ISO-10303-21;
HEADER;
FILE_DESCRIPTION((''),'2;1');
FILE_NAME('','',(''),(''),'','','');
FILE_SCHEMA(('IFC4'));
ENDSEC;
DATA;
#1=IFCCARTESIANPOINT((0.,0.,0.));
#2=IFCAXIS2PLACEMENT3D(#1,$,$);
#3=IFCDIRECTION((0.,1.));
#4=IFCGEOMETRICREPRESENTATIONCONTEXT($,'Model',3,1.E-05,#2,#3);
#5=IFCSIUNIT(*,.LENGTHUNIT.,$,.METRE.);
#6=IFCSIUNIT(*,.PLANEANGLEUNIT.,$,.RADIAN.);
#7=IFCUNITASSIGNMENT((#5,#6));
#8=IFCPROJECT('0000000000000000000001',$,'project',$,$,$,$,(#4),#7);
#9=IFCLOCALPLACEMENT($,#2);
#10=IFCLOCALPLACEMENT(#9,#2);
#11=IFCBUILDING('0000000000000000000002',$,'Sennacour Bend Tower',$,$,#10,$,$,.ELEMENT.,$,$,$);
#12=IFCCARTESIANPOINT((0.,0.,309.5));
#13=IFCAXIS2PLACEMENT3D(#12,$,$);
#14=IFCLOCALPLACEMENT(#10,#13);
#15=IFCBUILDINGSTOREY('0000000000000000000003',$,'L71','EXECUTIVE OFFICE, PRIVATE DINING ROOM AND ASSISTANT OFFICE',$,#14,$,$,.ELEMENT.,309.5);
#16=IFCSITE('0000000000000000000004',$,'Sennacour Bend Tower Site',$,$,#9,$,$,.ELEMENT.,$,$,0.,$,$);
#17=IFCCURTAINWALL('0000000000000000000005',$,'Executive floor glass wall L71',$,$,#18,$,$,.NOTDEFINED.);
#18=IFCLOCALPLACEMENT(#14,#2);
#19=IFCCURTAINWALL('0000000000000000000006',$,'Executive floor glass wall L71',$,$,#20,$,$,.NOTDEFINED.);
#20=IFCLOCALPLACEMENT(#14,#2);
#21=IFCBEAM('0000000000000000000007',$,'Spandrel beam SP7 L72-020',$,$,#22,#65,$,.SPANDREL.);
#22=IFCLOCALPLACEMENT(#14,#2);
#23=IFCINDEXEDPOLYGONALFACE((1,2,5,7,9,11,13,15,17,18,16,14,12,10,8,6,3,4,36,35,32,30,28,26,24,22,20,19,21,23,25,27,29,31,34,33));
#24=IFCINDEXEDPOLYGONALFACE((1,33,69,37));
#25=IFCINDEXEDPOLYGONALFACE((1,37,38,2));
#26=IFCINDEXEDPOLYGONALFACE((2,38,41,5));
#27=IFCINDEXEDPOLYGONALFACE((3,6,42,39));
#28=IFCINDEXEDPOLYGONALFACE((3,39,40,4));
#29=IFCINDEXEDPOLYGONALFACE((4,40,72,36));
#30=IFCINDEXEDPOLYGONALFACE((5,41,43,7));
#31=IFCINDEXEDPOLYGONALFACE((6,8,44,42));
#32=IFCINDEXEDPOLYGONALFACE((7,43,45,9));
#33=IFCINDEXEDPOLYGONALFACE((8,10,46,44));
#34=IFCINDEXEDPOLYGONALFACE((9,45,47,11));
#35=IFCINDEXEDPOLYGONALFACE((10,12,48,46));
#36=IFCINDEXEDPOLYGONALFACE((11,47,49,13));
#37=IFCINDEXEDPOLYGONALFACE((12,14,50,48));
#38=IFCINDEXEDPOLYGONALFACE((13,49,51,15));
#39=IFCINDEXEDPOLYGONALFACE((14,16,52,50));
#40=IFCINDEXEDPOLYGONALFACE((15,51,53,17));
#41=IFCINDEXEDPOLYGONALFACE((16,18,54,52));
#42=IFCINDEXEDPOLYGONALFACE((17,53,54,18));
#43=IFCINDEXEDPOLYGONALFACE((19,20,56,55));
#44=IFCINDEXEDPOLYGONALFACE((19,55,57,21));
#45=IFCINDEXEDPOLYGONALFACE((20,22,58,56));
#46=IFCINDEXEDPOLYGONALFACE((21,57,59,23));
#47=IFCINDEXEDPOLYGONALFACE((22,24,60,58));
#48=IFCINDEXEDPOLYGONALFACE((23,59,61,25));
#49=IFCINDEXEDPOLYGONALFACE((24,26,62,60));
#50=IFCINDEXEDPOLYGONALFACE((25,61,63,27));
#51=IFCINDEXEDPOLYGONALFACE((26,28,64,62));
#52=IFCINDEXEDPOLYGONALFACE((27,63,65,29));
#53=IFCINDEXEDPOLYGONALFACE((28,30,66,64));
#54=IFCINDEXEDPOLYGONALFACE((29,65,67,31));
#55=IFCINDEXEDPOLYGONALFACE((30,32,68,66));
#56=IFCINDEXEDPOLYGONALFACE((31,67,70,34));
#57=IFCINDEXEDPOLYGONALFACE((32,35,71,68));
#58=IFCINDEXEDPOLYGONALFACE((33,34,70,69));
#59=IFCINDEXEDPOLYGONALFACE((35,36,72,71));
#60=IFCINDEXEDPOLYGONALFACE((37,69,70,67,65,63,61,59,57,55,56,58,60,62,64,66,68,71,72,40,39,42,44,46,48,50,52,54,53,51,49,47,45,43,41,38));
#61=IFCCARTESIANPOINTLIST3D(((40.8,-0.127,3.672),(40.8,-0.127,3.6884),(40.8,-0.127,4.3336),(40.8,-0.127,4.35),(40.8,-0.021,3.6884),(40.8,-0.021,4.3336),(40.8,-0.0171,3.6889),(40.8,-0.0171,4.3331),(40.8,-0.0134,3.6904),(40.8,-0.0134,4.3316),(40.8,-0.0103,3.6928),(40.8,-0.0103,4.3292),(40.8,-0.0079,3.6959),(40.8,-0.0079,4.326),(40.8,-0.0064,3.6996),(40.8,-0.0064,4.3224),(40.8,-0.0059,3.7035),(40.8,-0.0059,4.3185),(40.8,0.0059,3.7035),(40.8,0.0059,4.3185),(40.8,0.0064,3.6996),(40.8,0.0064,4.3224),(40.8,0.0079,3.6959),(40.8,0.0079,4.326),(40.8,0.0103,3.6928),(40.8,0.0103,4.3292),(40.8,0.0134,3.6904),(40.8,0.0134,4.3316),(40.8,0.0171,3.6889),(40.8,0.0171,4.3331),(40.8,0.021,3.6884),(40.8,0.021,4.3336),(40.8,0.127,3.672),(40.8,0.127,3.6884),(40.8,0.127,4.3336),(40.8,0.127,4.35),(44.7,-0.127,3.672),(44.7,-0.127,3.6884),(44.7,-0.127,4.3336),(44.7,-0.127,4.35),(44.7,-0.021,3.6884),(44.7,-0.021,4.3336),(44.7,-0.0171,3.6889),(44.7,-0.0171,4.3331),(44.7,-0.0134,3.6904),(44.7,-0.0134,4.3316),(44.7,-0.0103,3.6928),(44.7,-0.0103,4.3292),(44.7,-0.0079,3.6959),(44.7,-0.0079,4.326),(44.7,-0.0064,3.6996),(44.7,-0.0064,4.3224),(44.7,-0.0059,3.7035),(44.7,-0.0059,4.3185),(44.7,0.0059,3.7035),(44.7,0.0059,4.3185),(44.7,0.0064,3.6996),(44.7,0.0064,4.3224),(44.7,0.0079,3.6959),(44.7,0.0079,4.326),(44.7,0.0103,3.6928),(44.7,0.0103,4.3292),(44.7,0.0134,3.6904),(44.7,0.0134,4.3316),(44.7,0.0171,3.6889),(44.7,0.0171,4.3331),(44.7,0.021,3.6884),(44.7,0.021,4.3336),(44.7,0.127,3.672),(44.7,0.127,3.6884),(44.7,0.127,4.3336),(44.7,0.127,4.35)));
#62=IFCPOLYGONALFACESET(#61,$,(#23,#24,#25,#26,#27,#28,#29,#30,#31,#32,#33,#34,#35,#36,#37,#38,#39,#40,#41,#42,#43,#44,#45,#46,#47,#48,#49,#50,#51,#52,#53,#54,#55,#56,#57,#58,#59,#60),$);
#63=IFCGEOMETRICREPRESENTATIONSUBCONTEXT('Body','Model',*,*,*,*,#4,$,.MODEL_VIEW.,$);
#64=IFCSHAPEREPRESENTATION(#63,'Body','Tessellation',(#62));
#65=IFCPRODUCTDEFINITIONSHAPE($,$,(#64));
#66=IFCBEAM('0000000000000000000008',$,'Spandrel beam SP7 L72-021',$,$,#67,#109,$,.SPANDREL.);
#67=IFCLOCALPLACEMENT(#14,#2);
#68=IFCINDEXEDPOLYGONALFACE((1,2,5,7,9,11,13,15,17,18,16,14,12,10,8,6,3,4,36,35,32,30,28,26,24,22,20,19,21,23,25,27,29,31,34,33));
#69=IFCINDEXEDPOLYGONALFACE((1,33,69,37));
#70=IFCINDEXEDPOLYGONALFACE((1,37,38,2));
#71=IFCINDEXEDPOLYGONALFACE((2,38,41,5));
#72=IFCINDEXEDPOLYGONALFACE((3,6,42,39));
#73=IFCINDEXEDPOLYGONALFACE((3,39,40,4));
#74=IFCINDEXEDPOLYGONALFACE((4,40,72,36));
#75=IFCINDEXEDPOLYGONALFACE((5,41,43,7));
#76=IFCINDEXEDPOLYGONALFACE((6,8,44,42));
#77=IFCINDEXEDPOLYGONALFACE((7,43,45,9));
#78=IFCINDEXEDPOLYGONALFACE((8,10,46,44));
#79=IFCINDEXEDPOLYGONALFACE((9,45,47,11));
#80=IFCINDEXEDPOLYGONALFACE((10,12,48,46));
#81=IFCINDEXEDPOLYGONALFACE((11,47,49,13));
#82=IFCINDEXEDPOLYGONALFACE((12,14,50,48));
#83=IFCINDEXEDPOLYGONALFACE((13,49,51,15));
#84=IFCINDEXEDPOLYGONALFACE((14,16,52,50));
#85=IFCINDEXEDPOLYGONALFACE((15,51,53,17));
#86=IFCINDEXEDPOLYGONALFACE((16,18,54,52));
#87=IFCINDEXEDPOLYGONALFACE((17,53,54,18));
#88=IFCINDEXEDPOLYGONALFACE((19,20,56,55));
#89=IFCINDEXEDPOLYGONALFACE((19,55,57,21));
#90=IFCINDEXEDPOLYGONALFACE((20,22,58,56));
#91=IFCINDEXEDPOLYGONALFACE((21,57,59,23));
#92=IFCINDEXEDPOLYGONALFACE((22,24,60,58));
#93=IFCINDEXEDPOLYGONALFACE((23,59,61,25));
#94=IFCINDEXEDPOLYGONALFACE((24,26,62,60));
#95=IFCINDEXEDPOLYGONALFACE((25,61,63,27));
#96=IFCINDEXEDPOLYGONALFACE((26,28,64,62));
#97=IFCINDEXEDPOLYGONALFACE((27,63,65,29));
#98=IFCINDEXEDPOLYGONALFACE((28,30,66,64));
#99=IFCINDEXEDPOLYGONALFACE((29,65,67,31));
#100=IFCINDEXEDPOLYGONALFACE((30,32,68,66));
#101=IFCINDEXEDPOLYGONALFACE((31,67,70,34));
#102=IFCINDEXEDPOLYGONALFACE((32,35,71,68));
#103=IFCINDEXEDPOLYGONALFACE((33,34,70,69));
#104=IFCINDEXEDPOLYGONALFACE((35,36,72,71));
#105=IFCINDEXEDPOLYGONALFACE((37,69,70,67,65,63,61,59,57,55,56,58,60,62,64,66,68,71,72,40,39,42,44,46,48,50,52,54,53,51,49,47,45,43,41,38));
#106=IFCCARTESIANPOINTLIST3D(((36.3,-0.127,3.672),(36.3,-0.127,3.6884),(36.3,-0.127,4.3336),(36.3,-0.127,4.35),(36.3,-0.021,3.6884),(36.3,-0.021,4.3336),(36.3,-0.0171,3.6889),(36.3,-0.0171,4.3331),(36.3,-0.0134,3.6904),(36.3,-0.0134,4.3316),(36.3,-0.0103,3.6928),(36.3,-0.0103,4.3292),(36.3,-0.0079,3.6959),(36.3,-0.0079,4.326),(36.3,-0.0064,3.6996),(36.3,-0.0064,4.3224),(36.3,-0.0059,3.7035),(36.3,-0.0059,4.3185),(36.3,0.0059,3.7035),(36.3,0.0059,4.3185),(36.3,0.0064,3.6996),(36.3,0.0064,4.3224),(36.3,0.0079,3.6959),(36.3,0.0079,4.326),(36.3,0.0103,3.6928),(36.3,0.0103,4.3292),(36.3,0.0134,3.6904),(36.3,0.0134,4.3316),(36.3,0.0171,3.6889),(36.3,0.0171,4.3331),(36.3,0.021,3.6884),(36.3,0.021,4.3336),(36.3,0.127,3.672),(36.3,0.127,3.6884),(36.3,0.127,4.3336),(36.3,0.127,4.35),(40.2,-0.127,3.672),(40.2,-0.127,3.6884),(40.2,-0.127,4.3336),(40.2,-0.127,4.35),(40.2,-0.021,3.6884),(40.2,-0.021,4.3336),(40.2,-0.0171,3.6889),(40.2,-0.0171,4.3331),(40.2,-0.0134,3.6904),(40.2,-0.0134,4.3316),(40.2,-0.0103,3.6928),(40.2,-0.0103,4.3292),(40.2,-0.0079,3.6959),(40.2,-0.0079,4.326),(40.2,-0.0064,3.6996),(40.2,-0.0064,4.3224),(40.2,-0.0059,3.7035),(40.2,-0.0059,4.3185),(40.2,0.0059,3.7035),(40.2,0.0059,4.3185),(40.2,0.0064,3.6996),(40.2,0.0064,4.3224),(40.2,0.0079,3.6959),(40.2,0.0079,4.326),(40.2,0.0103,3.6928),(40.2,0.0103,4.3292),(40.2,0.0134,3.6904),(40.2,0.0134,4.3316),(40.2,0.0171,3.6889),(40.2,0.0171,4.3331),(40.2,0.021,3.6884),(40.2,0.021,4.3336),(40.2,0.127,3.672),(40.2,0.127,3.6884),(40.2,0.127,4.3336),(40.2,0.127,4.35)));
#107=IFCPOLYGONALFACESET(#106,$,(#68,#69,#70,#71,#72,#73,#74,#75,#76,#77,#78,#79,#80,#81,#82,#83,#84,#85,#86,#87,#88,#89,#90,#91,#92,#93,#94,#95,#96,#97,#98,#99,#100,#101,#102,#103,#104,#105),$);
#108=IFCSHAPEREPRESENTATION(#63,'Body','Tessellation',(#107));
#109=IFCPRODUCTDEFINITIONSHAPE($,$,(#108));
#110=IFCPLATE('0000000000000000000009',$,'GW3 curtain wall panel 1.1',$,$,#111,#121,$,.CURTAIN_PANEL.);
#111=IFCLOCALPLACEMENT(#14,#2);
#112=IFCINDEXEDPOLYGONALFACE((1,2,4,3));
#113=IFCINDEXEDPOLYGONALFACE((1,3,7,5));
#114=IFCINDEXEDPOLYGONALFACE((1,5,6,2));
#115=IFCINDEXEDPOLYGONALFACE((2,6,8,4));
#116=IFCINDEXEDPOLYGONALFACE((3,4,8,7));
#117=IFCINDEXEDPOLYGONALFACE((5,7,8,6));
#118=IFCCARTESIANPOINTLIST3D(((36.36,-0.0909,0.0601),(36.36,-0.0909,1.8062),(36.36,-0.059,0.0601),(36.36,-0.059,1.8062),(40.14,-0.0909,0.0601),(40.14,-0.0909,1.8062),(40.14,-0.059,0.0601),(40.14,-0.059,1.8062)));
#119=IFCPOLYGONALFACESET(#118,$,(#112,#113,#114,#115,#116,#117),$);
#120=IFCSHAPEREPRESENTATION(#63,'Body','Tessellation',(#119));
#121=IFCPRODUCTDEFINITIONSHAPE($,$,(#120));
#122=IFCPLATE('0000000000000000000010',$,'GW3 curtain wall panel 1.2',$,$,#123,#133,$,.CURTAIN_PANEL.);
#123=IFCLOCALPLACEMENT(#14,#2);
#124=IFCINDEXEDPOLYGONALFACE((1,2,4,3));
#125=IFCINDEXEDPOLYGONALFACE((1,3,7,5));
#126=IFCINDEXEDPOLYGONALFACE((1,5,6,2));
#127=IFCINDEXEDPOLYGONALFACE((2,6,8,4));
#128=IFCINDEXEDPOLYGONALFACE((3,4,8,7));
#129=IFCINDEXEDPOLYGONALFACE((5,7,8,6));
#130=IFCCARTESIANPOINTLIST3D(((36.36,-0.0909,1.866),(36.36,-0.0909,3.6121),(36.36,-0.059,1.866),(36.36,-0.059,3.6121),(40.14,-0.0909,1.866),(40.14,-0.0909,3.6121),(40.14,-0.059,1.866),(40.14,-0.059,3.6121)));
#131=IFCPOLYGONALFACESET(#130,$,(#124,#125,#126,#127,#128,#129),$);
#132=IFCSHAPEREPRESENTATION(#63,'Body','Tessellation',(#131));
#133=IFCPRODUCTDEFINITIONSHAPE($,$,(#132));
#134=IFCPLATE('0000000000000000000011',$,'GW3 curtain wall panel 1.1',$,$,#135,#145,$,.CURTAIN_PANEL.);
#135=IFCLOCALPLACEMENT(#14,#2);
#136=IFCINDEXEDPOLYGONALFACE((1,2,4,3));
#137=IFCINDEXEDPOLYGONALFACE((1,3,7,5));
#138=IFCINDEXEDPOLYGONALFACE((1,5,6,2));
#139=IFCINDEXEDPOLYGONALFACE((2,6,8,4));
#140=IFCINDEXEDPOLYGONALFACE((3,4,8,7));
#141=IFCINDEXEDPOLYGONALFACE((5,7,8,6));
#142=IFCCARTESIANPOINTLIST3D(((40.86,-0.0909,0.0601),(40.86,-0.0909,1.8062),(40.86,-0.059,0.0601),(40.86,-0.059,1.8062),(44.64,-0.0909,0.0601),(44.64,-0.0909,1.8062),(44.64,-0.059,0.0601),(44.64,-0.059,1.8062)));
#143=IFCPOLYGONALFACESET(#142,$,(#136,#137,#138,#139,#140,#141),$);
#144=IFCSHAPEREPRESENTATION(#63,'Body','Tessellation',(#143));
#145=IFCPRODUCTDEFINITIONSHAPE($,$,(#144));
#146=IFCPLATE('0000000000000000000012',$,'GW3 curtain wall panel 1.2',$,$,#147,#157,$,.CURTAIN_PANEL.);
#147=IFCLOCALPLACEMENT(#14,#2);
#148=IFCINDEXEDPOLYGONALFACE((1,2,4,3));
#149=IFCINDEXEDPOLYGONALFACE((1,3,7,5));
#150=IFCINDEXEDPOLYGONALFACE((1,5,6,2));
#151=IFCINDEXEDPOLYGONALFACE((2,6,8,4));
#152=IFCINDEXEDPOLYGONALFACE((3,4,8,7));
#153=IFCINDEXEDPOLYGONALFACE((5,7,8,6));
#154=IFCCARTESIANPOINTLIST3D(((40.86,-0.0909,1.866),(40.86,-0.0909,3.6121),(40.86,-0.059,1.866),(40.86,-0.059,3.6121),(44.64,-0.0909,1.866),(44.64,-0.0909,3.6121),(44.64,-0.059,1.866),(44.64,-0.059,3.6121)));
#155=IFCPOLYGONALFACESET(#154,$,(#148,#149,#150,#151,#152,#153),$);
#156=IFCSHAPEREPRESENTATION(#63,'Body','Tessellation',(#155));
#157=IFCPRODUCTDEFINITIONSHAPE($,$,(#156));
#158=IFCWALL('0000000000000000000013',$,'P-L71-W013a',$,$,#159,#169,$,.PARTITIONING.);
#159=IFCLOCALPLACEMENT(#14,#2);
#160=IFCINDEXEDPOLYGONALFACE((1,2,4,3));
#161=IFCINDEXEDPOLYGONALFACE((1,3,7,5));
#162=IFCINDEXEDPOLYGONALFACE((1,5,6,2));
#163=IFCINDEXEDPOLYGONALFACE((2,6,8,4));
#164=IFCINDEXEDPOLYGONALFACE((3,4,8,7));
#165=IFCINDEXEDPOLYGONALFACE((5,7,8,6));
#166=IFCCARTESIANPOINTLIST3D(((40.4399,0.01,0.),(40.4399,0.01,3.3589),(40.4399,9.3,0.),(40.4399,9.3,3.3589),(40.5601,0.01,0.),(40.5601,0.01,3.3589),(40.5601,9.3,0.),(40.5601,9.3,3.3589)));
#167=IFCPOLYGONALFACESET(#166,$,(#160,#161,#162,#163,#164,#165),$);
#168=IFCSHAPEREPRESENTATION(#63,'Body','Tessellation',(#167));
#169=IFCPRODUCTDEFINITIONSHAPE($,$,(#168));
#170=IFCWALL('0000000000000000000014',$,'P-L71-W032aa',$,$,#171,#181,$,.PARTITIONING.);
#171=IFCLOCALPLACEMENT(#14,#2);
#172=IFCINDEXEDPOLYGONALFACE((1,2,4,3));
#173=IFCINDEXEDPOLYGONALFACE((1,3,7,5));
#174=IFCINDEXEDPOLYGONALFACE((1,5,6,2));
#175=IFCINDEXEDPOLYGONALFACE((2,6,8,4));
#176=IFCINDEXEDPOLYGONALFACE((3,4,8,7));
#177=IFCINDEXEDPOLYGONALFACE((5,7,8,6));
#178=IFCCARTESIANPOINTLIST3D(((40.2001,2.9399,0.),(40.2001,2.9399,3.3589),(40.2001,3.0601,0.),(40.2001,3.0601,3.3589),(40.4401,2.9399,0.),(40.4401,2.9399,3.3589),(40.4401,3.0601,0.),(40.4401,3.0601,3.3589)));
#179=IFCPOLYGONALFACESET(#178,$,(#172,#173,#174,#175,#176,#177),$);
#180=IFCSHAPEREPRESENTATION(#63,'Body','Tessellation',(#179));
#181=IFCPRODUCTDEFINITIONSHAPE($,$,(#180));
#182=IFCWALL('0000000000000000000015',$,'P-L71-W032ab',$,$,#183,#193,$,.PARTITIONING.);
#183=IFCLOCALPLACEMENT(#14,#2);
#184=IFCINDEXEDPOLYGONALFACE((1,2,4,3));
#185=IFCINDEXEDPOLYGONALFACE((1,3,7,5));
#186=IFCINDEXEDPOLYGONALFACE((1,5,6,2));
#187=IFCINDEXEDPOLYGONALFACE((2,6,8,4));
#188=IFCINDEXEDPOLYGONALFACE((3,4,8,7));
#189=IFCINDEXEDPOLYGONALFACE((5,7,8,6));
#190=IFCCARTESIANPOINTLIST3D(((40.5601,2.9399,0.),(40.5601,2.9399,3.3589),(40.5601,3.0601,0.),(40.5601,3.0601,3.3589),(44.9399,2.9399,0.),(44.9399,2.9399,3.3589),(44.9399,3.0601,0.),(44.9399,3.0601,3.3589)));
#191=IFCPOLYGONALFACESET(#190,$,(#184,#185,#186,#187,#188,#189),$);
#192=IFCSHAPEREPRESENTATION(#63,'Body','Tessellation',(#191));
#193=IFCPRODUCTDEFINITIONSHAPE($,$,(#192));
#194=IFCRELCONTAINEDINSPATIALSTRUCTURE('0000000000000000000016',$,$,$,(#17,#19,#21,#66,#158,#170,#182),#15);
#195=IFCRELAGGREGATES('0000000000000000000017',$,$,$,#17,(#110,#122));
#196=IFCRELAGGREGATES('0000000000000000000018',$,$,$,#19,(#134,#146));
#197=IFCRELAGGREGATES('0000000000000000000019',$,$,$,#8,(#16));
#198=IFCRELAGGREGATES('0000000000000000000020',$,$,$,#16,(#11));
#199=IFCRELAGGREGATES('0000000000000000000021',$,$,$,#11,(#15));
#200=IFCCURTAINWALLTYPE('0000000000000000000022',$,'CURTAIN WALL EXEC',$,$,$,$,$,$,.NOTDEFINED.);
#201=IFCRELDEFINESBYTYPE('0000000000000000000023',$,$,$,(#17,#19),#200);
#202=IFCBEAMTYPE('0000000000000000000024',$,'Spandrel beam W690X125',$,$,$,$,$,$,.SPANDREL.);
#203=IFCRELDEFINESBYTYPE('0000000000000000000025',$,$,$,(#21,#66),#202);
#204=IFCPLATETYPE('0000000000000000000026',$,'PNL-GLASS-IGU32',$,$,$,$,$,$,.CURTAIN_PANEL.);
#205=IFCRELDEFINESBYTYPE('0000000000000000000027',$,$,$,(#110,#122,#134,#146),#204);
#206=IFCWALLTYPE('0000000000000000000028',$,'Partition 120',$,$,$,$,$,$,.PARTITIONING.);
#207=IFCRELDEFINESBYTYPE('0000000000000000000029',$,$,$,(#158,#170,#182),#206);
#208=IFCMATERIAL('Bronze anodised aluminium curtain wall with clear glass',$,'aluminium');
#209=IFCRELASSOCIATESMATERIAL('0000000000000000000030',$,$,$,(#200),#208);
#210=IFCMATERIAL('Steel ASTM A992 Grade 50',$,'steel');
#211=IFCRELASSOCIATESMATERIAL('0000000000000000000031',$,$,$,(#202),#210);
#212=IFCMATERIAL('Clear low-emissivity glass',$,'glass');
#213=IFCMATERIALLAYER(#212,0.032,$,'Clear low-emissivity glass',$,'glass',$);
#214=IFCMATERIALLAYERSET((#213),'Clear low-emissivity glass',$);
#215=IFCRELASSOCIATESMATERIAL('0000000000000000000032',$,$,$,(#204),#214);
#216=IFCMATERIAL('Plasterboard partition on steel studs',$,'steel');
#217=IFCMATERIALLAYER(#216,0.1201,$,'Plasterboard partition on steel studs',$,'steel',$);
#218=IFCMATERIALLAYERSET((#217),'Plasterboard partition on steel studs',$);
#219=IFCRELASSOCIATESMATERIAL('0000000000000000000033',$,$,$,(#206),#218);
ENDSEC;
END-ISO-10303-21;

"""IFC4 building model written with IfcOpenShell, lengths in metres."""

from ifc_helpers import new_model, si_unit, direction, frame, frame_2d, origin, origin_2d, place, context, subcontext, project, spatial, rectangle, i_section, extrude, material, layer, layer_set, material_profile, profile_set, type_object, element, aggregate, save


model = new_model("IFC4")

# Units and contexts
model_context = context("Model", 3, precision=1e-05, world=origin(), true_north=direction((0.0, 1.0)))
body_context = subcontext(model_context, "Body", "Model", "MODEL_VIEW")
ifc_project = project(units=[si_unit("LENGTHUNIT", "METRE"), si_unit("PLANEANGLEUNIT", "RADIAN")], contexts=[model_context])

# Site, building, storey
site_placement = place(None, origin())
site = spatial("IfcSite", under=ifc_project, at=site_placement, Name="Sennacour Bend Tower Site", CompositionType="ELEMENT", RefElevation=0.0)
building_placement = place(site_placement, origin())
building = spatial("IfcBuilding", under=site, at=building_placement, Name="Sennacour Bend Tower", CompositionType="ELEMENT")
storey_placement = place(building_placement, frame((0.0, 0.0, 309.5)))
storey = spatial("IfcBuildingStorey", under=building, at=storey_placement, Name="L71", Description="EXECUTIVE OFFICE, PRIVATE DINING ROOM AND ASSISTANT OFFICE", CompositionType="ELEMENT", Elevation=309.5)

# Curtain wall
ifc_material_1 = material(Name="Bronze anodised aluminium curtain wall with clear glass", Category="aluminium")
curtain_wall_type = type_object("IfcCurtainWallType", Name="CURTAIN WALL EXEC", PredefinedType="NOTDEFINED", material=ifc_material_1)
curtain_wall_1_placement = place(storey_placement, origin())
curtain_wall_1 = element("IfcCurtainWall", 1, at=curtain_wall_1_placement, inside=storey, type_object=curtain_wall_type, Name="Executive floor glass wall L71", PredefinedType="NOTDEFINED")

# Curtain wall
curtain_wall_2_placement = place(storey_placement, origin())
curtain_wall_2 = element("IfcCurtainWall", 2, at=curtain_wall_2_placement, inside=storey, type_object=curtain_wall_type, Name="Executive floor glass wall L71", PredefinedType="NOTDEFINED")

# Beams
ifc_material_2 = material(Name="Steel ASTM A992 Grade 50", Category="steel")
ifc_material_profile_1 = material_profile(ifc_material_2, i_section(OverallWidth=0.2539, OverallDepth=0.678, WebThickness=0.0117, FlangeThickness=0.0164, FilletRadius=0.0151, at=origin_2d()), Name="Steel ASTM A992 Grade 50", Category="steel")
ifc_profile_set_1 = profile_set([ifc_material_profile_1], Name="Steel ASTM A992 Grade 50")
beam_type_1 = type_object("IfcBeamType", Name="Spandrel beam W690X125", PredefinedType="SPANDREL", material=ifc_profile_set_1)
for number, where, z_axis, x_axis, name in (
    (3, (44.7, 0.0, 4.011), (-1.0, 0.0, 0.0), (0.0, -1.0, 0.0), "Spandrel beam SP7 L72-020"),
    (4, (40.2, 0.0, 4.011), (-1.0, 0.0, 0.0), (0.0, -1.0, 0.0), "Spandrel beam SP7 L72-021"),
):
    element("IfcBeam", number, at=place(storey_placement, frame(where, z_axis=z_axis, x_axis=x_axis)), inside=storey, type_object=beam_type_1, Name=name, PredefinedType="SPANDREL", context=body_context, shape_type="SweptSolid", body=[
        extrude(i_section(OverallWidth=0.2539, OverallDepth=0.678, WebThickness=0.0117, FlangeThickness=0.0164, FilletRadius=0.0151, at=origin_2d()), origin(), (0.0, 0.0, 1.0), 3.8999),
    ])

# Plates
ifc_material_3 = material(Name="Clear low-emissivity glass", Category="glass")
ifc_layer_1 = layer(ifc_material_3, 0.032, Name="Clear low-emissivity glass", Category="glass")
ifc_layer_set_1 = layer_set([ifc_layer_1], Name="Clear low-emissivity glass")
plate_type = type_object("IfcPlateType", Name="PNL-GLASS-IGU32", PredefinedType="CURTAIN_PANEL", material=ifc_layer_set_1)
plate_1_placement = place(storey_placement, frame((38.25, -0.075, 0.0601), z_axis=(0.0, 0.0, 1.0), x_axis=(1.0, 0.0, 0.0)))
plate_1 = element("IfcPlate", 5, at=plate_1_placement, type_object=plate_type, Name="GW3 curtain wall panel 1.1", PredefinedType="CURTAIN_PANEL", context=body_context, shape_type="SweptSolid", body=[
    extrude(rectangle(XDim=3.78, YDim=0.032, at=origin_2d()), origin(), (0.0, 0.0, 1.0), 1.7461),
])
plate_2_placement = place(storey_placement, frame((38.25, -0.075, 1.866), z_axis=(0.0, 0.0, 1.0), x_axis=(1.0, 0.0, 0.0)))
plate_2 = element("IfcPlate", 6, at=plate_2_placement, type_object=plate_type, Name="GW3 curtain wall panel 1.2", PredefinedType="CURTAIN_PANEL", context=body_context, shape_type="SweptSolid", body=[
    extrude(rectangle(XDim=3.78, YDim=0.032, at=origin_2d()), origin(), (0.0, 0.0, 1.0), 1.7461),
])
aggregate(curtain_wall_1, [plate_1, plate_2])
plate_3_placement = place(storey_placement, frame((42.75, -0.075, 0.0601), z_axis=(0.0, 0.0, 1.0), x_axis=(1.0, 0.0, 0.0)))
plate_3 = element("IfcPlate", 7, at=plate_3_placement, type_object=plate_type, Name="GW3 curtain wall panel 1.1", PredefinedType="CURTAIN_PANEL", context=body_context, shape_type="SweptSolid", body=[
    extrude(rectangle(XDim=3.78, YDim=0.032, at=origin_2d()), origin(), (0.0, 0.0, 1.0), 1.7461),
])
plate_4_placement = place(storey_placement, frame((42.75, -0.075, 1.866), z_axis=(0.0, 0.0, 1.0), x_axis=(1.0, 0.0, 0.0)))
plate_4 = element("IfcPlate", 8, at=plate_4_placement, type_object=plate_type, Name="GW3 curtain wall panel 1.2", PredefinedType="CURTAIN_PANEL", context=body_context, shape_type="SweptSolid", body=[
    extrude(rectangle(XDim=3.78, YDim=0.032, at=origin_2d()), origin(), (0.0, 0.0, 1.0), 1.7461),
])
aggregate(curtain_wall_2, [plate_3, plate_4])

# Walls
ifc_material_4 = material(Name="Plasterboard partition on steel studs", Category="steel")
ifc_layer_2 = layer(ifc_material_4, 0.1201, Name="Plasterboard partition on steel studs", Category="steel")
ifc_layer_set_2 = layer_set([ifc_layer_2], Name="Plasterboard partition on steel studs")
wall_type_1 = type_object("IfcWallType", Name="Partition 120", PredefinedType="PARTITIONING", material=ifc_layer_set_2)
wall_1_placement = place(storey_placement, frame((40.5, 0.01, 0.0), z_axis=(0.0, 0.0, 1.0), x_axis=(0.0, 1.0, 0.0)))
element("IfcWall", 9, at=wall_1_placement, inside=storey, type_object=wall_type_1, Name="P-L71-W013a", PredefinedType="PARTITIONING", context=body_context, shape_type="SweptSolid", body=[
    extrude(rectangle(XDim=9.29, YDim=0.1201, at=frame_2d((4.645, 0.0))), origin(), (0.0, 0.0, 1.0), 3.3589),
])
wall_2_placement = place(storey_placement, frame((40.2, 3.0, 0.0), z_axis=(0.0, 0.0, 1.0), x_axis=(1.0, 0.0, 0.0)))
element("IfcWall", 10, at=wall_2_placement, inside=storey, type_object=wall_type_1, Name="P-L71-W032aa", PredefinedType="PARTITIONING", context=body_context, shape_type="SweptSolid", body=[
    extrude(rectangle(XDim=0.24, YDim=0.1201, at=frame_2d((0.1201, 0.0))), origin(), (0.0, 0.0, 1.0), 3.3589),
])
wall_3_placement = place(storey_placement, frame((40.5601, 3.0, 0.0), z_axis=(0.0, 0.0, 1.0), x_axis=(1.0, 0.0, 0.0)))
element("IfcWall", 11, at=wall_3_placement, inside=storey, type_object=wall_type_1, Name="P-L71-W032ab", PredefinedType="PARTITIONING", context=body_context, shape_type="SweptSolid", body=[
    extrude(rectangle(XDim=4.3799, YDim=0.1201, at=frame_2d((2.1899, 0.0))), origin(), (0.0, 0.0, 1.0), 3.3589),
])

save(model, "model.ifc")
